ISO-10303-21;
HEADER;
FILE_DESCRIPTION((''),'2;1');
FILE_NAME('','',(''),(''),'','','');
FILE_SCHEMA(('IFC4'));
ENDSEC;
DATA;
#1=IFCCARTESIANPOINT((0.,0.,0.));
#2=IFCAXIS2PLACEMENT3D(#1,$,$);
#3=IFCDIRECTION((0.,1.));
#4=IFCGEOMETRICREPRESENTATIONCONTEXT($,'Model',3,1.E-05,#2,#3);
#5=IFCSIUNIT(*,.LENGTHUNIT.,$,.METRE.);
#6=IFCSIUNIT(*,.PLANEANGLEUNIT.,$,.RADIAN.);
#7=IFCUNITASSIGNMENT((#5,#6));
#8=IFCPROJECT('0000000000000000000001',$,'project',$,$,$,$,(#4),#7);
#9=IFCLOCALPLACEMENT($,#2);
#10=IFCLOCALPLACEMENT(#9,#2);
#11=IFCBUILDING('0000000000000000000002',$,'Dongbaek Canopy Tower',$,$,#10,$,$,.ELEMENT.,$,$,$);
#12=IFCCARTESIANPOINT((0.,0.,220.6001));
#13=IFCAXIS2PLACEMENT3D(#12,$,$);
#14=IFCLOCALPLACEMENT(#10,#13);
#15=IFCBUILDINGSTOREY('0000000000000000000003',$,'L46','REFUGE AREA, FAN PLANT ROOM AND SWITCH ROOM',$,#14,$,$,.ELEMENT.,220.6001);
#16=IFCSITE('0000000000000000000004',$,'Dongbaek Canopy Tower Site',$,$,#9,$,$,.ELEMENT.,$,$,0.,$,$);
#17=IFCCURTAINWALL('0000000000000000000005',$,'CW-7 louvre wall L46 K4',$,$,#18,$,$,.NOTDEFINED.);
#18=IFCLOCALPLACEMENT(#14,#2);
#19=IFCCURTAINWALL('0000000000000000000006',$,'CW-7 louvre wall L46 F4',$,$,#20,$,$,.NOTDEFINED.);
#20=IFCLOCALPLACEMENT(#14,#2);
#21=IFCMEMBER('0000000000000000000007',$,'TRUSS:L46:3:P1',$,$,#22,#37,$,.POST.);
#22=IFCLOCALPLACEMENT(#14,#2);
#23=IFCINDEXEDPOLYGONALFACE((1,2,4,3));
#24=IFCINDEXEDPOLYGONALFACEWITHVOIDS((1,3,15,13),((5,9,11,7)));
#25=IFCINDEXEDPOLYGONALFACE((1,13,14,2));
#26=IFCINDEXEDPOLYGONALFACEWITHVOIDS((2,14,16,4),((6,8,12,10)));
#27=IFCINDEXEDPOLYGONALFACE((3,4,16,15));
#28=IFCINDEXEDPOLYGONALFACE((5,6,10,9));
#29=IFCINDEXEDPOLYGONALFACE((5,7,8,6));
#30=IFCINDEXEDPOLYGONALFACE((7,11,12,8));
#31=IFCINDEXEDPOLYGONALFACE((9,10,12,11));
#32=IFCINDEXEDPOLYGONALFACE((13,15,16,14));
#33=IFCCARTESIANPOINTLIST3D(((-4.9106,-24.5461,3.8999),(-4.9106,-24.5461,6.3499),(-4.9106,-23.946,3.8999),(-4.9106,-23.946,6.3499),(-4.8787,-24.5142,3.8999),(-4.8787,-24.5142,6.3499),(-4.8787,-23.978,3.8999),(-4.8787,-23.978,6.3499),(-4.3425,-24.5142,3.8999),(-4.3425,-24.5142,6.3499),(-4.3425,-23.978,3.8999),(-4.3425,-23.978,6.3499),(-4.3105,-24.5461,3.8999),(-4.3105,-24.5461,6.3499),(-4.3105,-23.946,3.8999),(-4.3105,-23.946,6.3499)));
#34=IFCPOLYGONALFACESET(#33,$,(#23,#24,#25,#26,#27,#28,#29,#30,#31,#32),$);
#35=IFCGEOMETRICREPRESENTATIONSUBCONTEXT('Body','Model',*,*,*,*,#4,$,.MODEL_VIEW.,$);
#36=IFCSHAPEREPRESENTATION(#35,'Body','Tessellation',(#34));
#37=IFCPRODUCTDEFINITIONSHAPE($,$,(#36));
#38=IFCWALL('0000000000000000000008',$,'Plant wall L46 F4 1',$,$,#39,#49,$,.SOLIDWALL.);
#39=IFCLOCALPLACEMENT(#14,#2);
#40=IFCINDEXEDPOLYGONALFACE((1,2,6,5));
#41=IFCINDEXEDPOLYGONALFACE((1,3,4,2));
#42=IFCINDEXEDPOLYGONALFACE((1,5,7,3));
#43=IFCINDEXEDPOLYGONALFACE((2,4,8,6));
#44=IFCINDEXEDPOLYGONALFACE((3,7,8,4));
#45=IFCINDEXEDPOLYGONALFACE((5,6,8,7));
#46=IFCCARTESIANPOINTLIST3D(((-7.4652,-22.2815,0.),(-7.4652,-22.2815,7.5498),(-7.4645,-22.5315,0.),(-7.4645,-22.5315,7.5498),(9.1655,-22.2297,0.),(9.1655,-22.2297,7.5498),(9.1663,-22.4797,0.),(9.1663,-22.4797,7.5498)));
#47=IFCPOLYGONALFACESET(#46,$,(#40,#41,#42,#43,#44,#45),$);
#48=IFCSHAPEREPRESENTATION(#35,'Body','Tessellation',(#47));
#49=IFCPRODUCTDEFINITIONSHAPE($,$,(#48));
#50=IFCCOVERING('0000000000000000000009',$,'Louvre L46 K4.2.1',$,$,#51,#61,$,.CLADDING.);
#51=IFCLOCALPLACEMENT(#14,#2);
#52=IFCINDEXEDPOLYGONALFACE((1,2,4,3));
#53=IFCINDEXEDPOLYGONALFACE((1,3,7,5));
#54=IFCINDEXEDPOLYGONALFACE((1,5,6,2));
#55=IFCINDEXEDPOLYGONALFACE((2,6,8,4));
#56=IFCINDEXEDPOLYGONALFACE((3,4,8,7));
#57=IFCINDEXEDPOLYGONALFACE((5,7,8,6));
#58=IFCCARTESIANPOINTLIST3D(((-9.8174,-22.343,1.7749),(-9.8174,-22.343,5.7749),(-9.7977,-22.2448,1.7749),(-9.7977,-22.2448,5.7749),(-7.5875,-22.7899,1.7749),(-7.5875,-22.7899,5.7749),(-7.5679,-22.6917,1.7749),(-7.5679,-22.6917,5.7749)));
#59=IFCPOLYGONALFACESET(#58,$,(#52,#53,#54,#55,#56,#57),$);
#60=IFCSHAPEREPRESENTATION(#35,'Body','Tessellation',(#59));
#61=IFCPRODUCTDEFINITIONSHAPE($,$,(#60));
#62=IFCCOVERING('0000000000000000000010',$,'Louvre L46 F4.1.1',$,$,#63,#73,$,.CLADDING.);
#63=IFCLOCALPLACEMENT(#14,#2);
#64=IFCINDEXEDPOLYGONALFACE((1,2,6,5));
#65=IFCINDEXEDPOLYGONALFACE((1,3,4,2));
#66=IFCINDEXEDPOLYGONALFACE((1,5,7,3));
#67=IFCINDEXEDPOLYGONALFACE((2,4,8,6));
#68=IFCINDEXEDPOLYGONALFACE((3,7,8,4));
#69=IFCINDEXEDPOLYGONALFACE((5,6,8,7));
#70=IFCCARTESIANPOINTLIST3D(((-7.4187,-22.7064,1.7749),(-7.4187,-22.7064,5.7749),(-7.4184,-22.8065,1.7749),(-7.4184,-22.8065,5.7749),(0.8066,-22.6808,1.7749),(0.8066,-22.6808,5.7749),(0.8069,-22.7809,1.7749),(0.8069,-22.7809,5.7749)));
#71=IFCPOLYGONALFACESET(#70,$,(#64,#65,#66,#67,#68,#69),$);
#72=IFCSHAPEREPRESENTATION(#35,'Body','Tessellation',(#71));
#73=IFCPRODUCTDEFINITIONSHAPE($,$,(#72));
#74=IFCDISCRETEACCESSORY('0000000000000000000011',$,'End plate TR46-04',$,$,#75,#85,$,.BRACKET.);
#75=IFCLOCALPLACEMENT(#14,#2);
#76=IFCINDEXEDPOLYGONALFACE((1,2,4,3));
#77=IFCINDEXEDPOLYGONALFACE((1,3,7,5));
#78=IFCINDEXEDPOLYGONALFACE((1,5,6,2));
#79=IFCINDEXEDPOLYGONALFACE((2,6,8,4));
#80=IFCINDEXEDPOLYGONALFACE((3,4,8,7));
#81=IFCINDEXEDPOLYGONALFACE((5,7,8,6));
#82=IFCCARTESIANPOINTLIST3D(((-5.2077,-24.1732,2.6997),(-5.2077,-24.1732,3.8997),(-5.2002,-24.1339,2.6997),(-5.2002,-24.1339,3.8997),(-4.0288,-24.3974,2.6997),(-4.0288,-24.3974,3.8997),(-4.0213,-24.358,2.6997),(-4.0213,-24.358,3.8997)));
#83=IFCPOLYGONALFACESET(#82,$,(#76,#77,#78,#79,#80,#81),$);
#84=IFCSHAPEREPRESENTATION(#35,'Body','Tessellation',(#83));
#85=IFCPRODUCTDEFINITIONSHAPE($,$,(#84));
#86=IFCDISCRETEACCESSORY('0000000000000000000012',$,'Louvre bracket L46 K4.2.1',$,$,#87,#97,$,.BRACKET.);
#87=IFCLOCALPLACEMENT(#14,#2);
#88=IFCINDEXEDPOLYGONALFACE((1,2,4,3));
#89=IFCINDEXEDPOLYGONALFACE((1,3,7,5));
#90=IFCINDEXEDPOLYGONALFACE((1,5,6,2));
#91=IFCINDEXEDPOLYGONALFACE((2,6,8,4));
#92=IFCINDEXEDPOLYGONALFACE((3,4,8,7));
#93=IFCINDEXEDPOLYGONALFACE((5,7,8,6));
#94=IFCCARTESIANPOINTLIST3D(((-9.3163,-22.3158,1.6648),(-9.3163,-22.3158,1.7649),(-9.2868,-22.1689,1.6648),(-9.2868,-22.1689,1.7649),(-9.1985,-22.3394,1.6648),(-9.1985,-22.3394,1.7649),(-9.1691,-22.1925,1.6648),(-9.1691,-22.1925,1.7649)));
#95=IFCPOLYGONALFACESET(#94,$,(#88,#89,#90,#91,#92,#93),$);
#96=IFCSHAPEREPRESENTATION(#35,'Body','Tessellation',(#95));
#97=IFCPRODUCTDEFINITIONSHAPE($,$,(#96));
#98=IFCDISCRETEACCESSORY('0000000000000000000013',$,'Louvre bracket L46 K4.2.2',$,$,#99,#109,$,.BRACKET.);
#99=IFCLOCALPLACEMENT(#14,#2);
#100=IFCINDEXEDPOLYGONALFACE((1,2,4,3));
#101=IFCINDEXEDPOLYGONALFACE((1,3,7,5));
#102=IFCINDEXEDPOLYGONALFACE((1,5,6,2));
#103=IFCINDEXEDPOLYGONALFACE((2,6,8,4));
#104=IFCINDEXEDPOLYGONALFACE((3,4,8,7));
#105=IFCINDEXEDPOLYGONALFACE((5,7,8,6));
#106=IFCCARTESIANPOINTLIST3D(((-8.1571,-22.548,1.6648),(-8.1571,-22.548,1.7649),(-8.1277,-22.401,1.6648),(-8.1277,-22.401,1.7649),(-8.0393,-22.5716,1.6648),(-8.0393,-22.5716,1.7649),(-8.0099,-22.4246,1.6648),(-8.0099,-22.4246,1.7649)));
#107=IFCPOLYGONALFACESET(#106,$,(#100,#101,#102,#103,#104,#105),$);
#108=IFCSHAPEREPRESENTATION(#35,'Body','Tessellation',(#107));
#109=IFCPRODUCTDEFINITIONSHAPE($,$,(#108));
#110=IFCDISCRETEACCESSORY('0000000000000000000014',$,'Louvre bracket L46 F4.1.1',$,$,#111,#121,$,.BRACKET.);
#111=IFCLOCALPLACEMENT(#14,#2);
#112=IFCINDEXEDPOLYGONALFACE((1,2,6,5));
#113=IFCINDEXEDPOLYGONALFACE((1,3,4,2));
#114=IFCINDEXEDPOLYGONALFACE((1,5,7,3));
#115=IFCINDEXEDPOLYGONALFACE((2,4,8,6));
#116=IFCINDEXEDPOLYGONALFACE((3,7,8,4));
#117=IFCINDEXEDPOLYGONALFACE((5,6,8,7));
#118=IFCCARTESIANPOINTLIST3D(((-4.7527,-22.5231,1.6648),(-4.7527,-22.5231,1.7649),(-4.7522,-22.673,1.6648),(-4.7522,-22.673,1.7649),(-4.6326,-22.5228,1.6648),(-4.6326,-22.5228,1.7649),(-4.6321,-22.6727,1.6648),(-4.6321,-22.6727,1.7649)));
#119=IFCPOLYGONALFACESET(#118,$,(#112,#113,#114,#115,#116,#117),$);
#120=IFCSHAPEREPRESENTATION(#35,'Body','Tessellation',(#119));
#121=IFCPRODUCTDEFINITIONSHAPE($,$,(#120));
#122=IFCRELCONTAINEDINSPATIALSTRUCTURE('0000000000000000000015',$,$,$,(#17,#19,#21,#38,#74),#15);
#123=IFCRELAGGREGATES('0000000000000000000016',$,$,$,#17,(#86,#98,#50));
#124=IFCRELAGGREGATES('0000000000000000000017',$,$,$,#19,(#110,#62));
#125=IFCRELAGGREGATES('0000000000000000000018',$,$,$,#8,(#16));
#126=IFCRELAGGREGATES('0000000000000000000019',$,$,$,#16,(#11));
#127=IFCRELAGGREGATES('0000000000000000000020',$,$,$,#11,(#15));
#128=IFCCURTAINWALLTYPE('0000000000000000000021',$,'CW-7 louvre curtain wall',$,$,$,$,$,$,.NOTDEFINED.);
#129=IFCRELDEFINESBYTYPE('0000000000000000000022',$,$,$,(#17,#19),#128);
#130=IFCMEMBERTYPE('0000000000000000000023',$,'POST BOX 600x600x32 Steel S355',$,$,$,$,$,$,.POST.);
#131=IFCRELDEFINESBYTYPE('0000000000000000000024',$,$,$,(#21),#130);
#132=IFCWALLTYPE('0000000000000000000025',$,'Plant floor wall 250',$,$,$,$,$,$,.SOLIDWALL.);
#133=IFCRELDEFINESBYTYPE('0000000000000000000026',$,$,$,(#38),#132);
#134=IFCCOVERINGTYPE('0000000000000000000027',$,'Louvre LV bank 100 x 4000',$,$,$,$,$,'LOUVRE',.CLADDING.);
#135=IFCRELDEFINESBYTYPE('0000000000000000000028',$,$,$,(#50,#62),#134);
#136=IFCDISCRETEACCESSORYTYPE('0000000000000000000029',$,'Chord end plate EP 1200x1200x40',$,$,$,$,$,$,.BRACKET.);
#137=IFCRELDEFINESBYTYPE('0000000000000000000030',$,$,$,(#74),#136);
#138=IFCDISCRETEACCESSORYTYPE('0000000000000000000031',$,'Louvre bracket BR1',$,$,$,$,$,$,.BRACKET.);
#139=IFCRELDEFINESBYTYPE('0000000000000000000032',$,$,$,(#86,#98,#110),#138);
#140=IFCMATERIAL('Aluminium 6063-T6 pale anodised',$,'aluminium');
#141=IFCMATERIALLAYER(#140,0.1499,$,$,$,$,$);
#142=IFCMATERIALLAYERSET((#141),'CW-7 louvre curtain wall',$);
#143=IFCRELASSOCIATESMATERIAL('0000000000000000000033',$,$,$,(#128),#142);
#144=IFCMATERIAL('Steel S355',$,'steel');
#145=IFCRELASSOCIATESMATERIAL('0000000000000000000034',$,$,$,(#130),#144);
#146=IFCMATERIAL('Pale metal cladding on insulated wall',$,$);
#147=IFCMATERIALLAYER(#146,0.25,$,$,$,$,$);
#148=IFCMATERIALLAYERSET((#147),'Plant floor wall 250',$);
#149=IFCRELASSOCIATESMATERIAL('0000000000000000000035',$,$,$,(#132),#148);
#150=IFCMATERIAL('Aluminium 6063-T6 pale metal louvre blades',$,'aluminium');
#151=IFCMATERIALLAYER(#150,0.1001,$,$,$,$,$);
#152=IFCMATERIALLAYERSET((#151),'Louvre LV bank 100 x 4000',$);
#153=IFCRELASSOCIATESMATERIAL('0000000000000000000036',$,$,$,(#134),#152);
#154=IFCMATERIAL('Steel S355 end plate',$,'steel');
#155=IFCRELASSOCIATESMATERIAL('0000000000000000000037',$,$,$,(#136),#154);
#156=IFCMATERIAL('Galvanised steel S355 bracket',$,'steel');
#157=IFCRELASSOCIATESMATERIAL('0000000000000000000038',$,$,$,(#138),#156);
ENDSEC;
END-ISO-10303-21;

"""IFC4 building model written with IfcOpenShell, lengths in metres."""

from ifc_helpers import new_model, si_unit, direction, frame, frame_2d, origin, origin_2d, place, context, subcontext, project, spatial, rectangle, hollow_rectangle, extrude, material, layer, layer_set, material_profile, profile_set, type_object, element, aggregate, save


model = new_model("IFC4")

# Units and contexts
model_context = context("Model", 3, precision=1e-05, world=origin(), true_north=direction((0.0, 1.0)))
body_context = subcontext(model_context, "Body", "Model", "MODEL_VIEW")
ifc_project = project(units=[si_unit("LENGTHUNIT", "METRE"), si_unit("PLANEANGLEUNIT", "RADIAN")], contexts=[model_context])

# Site, building, storey
site_placement = place(None, origin())
site = spatial("IfcSite", under=ifc_project, at=site_placement, Name="Dongbaek Canopy Tower Site", CompositionType="ELEMENT", RefElevation=0.0)
building_placement = place(site_placement, origin())
building = spatial("IfcBuilding", under=site, at=building_placement, Name="Dongbaek Canopy Tower", CompositionType="ELEMENT")
storey_placement = place(building_placement, frame((0.0, 0.0, 220.6001)))
storey = spatial("IfcBuildingStorey", under=building, at=storey_placement, Name="L46", Description="REFUGE AREA, FAN PLANT ROOM AND SWITCH ROOM", CompositionType="ELEMENT", Elevation=220.6001)

# Curtain wall
ifc_material_1 = material(Name="Aluminium 6063-T6 pale anodised", Category="aluminium")
ifc_layer_1 = layer(ifc_material_1, 0.1499)
ifc_layer_set_1 = layer_set([ifc_layer_1], Name="CW-7 louvre curtain wall")
curtain_wall_type = type_object("IfcCurtainWallType", Name="CW-7 louvre curtain wall", PredefinedType="NOTDEFINED", material=ifc_layer_set_1)
curtain_wall_1_placement = place(storey_placement, origin())
curtain_wall_1 = element("IfcCurtainWall", 1, at=curtain_wall_1_placement, inside=storey, type_object=curtain_wall_type, Name="CW-7 louvre wall L46 K4", PredefinedType="NOTDEFINED")

# Curtain wall
curtain_wall_2_placement = place(storey_placement, origin())
curtain_wall_2 = element("IfcCurtainWall", 2, at=curtain_wall_2_placement, inside=storey, type_object=curtain_wall_type, Name="CW-7 louvre wall L46 F4", PredefinedType="NOTDEFINED")

# Member
ifc_material_2 = material(Name="Steel S355", Category="steel")
ifc_material_profile_1 = material_profile(ifc_material_2, hollow_rectangle(XDim=0.6001, YDim=0.6001, WallThickness=0.032, at=origin_2d()), Name="POST BOX 600x600x32 Steel S355")
ifc_profile_set_1 = profile_set([ifc_material_profile_1], Name="Steel S355")
member_type_1 = type_object("IfcMemberType", Name="POST BOX 600x600x32 Steel S355", PredefinedType="POST", material=ifc_profile_set_1)
for number, where, z_axis, x_axis, name in (
    (3, (-4.6106, -24.2461, 3.8999), (0.0, 0.0, 1.0), (1.0, 0.0, 0.0), "TRUSS:L46:3:P1"),
):
    element("IfcMember", number, at=place(storey_placement, frame(where, z_axis=z_axis, x_axis=x_axis)), inside=storey, type_object=member_type_1, Name=name, PredefinedType="POST", context=body_context, shape_type="SweptSolid", body=[
        extrude(hollow_rectangle(XDim=0.6001, YDim=0.6001, WallThickness=0.032, at=origin_2d()), origin(), (0.0, 0.0, 1.0), 2.45),
    ])

# Wall
ifc_material_3 = material(Name="Pale metal cladding on insulated wall")
ifc_layer_2 = layer(ifc_material_3, 0.25)
ifc_layer_set_2 = layer_set([ifc_layer_2], Name="Plant floor wall 250")
wall_type = type_object("IfcWallType", Name="Plant floor wall 250", PredefinedType="SOLIDWALL", material=ifc_layer_set_2)
wall_placement = place(storey_placement, frame((-7.4648, -22.4065, 0.0), z_axis=(0.0, 0.0, 1.0), x_axis=(0.999995, 0.003112, 0.0)))
element("IfcWall", 4, at=wall_placement, inside=storey, type_object=wall_type, Name="Plant wall L46 F4 1", PredefinedType="SOLIDWALL", context=body_context, shape_type="SweptSolid", body=[
    extrude(rectangle(XDim=16.6309, YDim=0.25, at=frame_2d((8.3154, 0.0))), origin(), (0.0, 0.0, 1.0), 7.5498),
])

# Coverings
ifc_material_4 = material(Name="Aluminium 6063-T6 pale metal louvre blades", Category="aluminium")
ifc_layer_3 = layer(ifc_material_4, 0.1001)
ifc_layer_set_3 = layer_set([ifc_layer_3], Name="Louvre LV bank 100 x 4000")
covering_type = type_object("IfcCoveringType", Name="Louvre LV bank 100 x 4000", ElementType="LOUVRE", PredefinedType="CLADDING", material=ifc_layer_set_3)
covering_1_placement = place(storey_placement, frame((-8.6926, -22.5173, 1.7749), z_axis=(0.0, 0.0, 1.0), x_axis=(0.980502, -0.19651, 0.0)))
covering_1 = element("IfcCovering", 5, at=covering_1_placement, type_object=covering_type, Name="Louvre L46 K4.2.1", PredefinedType="CLADDING", context=body_context, shape_type="SweptSolid", body=[
    extrude(rectangle(XDim=2.2742, YDim=0.1001, at=origin_2d()), origin(), (0.0, 0.0, 1.0), 4.0),
])
covering_2_placement = place(storey_placement, frame((-3.3059, -22.7437, 1.7749), z_axis=(0.0, 0.0, 1.0), x_axis=(0.999995, 0.003106, 0.0)))
covering_2 = element("IfcCovering", 6, at=covering_2_placement, type_object=covering_type, Name="Louvre L46 F4.1.1", PredefinedType="CLADDING", context=body_context, shape_type="SweptSolid", body=[
    extrude(rectangle(XDim=8.2253, YDim=0.1001, at=origin_2d()), origin(), (0.0, 0.0, 1.0), 4.0),
])

# Discrete accessories
ifc_material_5 = material(Name="Steel S355 end plate", Category="steel")
discrete_accessory_type_1 = type_object("IfcDiscreteAccessoryType", Name="Chord end plate EP 1200x1200x40", PredefinedType="BRACKET", material=ifc_material_5)
discrete_accessory_1_placement = place(storey_placement, frame((-4.6145, -24.2656, 2.6997), z_axis=(0.0, 0.0, 1.0), x_axis=(0.186814, 0.982395, 0.0)))
element("IfcDiscreteAccessory", 7, at=discrete_accessory_1_placement, inside=storey, type_object=discrete_accessory_type_1, Name="End plate TR46-04", PredefinedType="BRACKET", context=body_context, shape_type="SweptSolid", body=[
    extrude(rectangle(XDim=0.04, YDim=1.2, at=origin_2d()), origin(), (0.0, 0.0, 1.0), 1.2),
])
ifc_material_6 = material(Name="Galvanised steel S355 bracket", Category="steel")
discrete_accessory_type_2 = type_object("IfcDiscreteAccessoryType", Name="Louvre bracket BR1", PredefinedType="BRACKET", material=ifc_material_6)
discrete_accessory_2_placement = place(storey_placement, frame((-9.2427, -22.2542, 1.6648), z_axis=(0.0, 0.0, 1.0), x_axis=(0.980502, -0.19651, 0.0)))
discrete_accessory_2 = element("IfcDiscreteAccessory", 8, at=discrete_accessory_2_placement, type_object=discrete_accessory_type_2, Name="Louvre bracket L46 K4.2.1", PredefinedType="BRACKET", context=body_context, shape_type="SweptSolid", body=[
    extrude(rectangle(XDim=0.1201, YDim=0.1499, at=origin_2d()), origin(), (0.0, 0.0, 1.0), 0.1001),
])
discrete_accessory_3_placement = place(storey_placement, frame((-8.0835, -22.4863, 1.6648), z_axis=(0.0, 0.0, 1.0), x_axis=(0.980502, -0.19651, 0.0)))
discrete_accessory_3 = element("IfcDiscreteAccessory", 9, at=discrete_accessory_3_placement, type_object=discrete_accessory_type_2, Name="Louvre bracket L46 K4.2.2", PredefinedType="BRACKET", context=body_context, shape_type="SweptSolid", body=[
    extrude(rectangle(XDim=0.1201, YDim=0.1499, at=origin_2d()), origin(), (0.0, 0.0, 1.0), 0.1001),
])
aggregate(curtain_wall_1, [discrete_accessory_2, discrete_accessory_3, covering_1])
discrete_accessory_4_placement = place(storey_placement, frame((-4.6924, -22.5979, 1.6648), z_axis=(0.0, 0.0, 1.0), x_axis=(0.999995, 0.003106, 0.0)))
discrete_accessory_4 = element("IfcDiscreteAccessory", 10, at=discrete_accessory_4_placement, type_object=discrete_accessory_type_2, Name="Louvre bracket L46 F4.1.1", PredefinedType="BRACKET", context=body_context, shape_type="SweptSolid", body=[
    extrude(rectangle(XDim=0.1201, YDim=0.1499, at=origin_2d()), origin(), (0.0, 0.0, 1.0), 0.1001),
])
aggregate(curtain_wall_2, [discrete_accessory_4, covering_2])

save(model, "model.ifc")
